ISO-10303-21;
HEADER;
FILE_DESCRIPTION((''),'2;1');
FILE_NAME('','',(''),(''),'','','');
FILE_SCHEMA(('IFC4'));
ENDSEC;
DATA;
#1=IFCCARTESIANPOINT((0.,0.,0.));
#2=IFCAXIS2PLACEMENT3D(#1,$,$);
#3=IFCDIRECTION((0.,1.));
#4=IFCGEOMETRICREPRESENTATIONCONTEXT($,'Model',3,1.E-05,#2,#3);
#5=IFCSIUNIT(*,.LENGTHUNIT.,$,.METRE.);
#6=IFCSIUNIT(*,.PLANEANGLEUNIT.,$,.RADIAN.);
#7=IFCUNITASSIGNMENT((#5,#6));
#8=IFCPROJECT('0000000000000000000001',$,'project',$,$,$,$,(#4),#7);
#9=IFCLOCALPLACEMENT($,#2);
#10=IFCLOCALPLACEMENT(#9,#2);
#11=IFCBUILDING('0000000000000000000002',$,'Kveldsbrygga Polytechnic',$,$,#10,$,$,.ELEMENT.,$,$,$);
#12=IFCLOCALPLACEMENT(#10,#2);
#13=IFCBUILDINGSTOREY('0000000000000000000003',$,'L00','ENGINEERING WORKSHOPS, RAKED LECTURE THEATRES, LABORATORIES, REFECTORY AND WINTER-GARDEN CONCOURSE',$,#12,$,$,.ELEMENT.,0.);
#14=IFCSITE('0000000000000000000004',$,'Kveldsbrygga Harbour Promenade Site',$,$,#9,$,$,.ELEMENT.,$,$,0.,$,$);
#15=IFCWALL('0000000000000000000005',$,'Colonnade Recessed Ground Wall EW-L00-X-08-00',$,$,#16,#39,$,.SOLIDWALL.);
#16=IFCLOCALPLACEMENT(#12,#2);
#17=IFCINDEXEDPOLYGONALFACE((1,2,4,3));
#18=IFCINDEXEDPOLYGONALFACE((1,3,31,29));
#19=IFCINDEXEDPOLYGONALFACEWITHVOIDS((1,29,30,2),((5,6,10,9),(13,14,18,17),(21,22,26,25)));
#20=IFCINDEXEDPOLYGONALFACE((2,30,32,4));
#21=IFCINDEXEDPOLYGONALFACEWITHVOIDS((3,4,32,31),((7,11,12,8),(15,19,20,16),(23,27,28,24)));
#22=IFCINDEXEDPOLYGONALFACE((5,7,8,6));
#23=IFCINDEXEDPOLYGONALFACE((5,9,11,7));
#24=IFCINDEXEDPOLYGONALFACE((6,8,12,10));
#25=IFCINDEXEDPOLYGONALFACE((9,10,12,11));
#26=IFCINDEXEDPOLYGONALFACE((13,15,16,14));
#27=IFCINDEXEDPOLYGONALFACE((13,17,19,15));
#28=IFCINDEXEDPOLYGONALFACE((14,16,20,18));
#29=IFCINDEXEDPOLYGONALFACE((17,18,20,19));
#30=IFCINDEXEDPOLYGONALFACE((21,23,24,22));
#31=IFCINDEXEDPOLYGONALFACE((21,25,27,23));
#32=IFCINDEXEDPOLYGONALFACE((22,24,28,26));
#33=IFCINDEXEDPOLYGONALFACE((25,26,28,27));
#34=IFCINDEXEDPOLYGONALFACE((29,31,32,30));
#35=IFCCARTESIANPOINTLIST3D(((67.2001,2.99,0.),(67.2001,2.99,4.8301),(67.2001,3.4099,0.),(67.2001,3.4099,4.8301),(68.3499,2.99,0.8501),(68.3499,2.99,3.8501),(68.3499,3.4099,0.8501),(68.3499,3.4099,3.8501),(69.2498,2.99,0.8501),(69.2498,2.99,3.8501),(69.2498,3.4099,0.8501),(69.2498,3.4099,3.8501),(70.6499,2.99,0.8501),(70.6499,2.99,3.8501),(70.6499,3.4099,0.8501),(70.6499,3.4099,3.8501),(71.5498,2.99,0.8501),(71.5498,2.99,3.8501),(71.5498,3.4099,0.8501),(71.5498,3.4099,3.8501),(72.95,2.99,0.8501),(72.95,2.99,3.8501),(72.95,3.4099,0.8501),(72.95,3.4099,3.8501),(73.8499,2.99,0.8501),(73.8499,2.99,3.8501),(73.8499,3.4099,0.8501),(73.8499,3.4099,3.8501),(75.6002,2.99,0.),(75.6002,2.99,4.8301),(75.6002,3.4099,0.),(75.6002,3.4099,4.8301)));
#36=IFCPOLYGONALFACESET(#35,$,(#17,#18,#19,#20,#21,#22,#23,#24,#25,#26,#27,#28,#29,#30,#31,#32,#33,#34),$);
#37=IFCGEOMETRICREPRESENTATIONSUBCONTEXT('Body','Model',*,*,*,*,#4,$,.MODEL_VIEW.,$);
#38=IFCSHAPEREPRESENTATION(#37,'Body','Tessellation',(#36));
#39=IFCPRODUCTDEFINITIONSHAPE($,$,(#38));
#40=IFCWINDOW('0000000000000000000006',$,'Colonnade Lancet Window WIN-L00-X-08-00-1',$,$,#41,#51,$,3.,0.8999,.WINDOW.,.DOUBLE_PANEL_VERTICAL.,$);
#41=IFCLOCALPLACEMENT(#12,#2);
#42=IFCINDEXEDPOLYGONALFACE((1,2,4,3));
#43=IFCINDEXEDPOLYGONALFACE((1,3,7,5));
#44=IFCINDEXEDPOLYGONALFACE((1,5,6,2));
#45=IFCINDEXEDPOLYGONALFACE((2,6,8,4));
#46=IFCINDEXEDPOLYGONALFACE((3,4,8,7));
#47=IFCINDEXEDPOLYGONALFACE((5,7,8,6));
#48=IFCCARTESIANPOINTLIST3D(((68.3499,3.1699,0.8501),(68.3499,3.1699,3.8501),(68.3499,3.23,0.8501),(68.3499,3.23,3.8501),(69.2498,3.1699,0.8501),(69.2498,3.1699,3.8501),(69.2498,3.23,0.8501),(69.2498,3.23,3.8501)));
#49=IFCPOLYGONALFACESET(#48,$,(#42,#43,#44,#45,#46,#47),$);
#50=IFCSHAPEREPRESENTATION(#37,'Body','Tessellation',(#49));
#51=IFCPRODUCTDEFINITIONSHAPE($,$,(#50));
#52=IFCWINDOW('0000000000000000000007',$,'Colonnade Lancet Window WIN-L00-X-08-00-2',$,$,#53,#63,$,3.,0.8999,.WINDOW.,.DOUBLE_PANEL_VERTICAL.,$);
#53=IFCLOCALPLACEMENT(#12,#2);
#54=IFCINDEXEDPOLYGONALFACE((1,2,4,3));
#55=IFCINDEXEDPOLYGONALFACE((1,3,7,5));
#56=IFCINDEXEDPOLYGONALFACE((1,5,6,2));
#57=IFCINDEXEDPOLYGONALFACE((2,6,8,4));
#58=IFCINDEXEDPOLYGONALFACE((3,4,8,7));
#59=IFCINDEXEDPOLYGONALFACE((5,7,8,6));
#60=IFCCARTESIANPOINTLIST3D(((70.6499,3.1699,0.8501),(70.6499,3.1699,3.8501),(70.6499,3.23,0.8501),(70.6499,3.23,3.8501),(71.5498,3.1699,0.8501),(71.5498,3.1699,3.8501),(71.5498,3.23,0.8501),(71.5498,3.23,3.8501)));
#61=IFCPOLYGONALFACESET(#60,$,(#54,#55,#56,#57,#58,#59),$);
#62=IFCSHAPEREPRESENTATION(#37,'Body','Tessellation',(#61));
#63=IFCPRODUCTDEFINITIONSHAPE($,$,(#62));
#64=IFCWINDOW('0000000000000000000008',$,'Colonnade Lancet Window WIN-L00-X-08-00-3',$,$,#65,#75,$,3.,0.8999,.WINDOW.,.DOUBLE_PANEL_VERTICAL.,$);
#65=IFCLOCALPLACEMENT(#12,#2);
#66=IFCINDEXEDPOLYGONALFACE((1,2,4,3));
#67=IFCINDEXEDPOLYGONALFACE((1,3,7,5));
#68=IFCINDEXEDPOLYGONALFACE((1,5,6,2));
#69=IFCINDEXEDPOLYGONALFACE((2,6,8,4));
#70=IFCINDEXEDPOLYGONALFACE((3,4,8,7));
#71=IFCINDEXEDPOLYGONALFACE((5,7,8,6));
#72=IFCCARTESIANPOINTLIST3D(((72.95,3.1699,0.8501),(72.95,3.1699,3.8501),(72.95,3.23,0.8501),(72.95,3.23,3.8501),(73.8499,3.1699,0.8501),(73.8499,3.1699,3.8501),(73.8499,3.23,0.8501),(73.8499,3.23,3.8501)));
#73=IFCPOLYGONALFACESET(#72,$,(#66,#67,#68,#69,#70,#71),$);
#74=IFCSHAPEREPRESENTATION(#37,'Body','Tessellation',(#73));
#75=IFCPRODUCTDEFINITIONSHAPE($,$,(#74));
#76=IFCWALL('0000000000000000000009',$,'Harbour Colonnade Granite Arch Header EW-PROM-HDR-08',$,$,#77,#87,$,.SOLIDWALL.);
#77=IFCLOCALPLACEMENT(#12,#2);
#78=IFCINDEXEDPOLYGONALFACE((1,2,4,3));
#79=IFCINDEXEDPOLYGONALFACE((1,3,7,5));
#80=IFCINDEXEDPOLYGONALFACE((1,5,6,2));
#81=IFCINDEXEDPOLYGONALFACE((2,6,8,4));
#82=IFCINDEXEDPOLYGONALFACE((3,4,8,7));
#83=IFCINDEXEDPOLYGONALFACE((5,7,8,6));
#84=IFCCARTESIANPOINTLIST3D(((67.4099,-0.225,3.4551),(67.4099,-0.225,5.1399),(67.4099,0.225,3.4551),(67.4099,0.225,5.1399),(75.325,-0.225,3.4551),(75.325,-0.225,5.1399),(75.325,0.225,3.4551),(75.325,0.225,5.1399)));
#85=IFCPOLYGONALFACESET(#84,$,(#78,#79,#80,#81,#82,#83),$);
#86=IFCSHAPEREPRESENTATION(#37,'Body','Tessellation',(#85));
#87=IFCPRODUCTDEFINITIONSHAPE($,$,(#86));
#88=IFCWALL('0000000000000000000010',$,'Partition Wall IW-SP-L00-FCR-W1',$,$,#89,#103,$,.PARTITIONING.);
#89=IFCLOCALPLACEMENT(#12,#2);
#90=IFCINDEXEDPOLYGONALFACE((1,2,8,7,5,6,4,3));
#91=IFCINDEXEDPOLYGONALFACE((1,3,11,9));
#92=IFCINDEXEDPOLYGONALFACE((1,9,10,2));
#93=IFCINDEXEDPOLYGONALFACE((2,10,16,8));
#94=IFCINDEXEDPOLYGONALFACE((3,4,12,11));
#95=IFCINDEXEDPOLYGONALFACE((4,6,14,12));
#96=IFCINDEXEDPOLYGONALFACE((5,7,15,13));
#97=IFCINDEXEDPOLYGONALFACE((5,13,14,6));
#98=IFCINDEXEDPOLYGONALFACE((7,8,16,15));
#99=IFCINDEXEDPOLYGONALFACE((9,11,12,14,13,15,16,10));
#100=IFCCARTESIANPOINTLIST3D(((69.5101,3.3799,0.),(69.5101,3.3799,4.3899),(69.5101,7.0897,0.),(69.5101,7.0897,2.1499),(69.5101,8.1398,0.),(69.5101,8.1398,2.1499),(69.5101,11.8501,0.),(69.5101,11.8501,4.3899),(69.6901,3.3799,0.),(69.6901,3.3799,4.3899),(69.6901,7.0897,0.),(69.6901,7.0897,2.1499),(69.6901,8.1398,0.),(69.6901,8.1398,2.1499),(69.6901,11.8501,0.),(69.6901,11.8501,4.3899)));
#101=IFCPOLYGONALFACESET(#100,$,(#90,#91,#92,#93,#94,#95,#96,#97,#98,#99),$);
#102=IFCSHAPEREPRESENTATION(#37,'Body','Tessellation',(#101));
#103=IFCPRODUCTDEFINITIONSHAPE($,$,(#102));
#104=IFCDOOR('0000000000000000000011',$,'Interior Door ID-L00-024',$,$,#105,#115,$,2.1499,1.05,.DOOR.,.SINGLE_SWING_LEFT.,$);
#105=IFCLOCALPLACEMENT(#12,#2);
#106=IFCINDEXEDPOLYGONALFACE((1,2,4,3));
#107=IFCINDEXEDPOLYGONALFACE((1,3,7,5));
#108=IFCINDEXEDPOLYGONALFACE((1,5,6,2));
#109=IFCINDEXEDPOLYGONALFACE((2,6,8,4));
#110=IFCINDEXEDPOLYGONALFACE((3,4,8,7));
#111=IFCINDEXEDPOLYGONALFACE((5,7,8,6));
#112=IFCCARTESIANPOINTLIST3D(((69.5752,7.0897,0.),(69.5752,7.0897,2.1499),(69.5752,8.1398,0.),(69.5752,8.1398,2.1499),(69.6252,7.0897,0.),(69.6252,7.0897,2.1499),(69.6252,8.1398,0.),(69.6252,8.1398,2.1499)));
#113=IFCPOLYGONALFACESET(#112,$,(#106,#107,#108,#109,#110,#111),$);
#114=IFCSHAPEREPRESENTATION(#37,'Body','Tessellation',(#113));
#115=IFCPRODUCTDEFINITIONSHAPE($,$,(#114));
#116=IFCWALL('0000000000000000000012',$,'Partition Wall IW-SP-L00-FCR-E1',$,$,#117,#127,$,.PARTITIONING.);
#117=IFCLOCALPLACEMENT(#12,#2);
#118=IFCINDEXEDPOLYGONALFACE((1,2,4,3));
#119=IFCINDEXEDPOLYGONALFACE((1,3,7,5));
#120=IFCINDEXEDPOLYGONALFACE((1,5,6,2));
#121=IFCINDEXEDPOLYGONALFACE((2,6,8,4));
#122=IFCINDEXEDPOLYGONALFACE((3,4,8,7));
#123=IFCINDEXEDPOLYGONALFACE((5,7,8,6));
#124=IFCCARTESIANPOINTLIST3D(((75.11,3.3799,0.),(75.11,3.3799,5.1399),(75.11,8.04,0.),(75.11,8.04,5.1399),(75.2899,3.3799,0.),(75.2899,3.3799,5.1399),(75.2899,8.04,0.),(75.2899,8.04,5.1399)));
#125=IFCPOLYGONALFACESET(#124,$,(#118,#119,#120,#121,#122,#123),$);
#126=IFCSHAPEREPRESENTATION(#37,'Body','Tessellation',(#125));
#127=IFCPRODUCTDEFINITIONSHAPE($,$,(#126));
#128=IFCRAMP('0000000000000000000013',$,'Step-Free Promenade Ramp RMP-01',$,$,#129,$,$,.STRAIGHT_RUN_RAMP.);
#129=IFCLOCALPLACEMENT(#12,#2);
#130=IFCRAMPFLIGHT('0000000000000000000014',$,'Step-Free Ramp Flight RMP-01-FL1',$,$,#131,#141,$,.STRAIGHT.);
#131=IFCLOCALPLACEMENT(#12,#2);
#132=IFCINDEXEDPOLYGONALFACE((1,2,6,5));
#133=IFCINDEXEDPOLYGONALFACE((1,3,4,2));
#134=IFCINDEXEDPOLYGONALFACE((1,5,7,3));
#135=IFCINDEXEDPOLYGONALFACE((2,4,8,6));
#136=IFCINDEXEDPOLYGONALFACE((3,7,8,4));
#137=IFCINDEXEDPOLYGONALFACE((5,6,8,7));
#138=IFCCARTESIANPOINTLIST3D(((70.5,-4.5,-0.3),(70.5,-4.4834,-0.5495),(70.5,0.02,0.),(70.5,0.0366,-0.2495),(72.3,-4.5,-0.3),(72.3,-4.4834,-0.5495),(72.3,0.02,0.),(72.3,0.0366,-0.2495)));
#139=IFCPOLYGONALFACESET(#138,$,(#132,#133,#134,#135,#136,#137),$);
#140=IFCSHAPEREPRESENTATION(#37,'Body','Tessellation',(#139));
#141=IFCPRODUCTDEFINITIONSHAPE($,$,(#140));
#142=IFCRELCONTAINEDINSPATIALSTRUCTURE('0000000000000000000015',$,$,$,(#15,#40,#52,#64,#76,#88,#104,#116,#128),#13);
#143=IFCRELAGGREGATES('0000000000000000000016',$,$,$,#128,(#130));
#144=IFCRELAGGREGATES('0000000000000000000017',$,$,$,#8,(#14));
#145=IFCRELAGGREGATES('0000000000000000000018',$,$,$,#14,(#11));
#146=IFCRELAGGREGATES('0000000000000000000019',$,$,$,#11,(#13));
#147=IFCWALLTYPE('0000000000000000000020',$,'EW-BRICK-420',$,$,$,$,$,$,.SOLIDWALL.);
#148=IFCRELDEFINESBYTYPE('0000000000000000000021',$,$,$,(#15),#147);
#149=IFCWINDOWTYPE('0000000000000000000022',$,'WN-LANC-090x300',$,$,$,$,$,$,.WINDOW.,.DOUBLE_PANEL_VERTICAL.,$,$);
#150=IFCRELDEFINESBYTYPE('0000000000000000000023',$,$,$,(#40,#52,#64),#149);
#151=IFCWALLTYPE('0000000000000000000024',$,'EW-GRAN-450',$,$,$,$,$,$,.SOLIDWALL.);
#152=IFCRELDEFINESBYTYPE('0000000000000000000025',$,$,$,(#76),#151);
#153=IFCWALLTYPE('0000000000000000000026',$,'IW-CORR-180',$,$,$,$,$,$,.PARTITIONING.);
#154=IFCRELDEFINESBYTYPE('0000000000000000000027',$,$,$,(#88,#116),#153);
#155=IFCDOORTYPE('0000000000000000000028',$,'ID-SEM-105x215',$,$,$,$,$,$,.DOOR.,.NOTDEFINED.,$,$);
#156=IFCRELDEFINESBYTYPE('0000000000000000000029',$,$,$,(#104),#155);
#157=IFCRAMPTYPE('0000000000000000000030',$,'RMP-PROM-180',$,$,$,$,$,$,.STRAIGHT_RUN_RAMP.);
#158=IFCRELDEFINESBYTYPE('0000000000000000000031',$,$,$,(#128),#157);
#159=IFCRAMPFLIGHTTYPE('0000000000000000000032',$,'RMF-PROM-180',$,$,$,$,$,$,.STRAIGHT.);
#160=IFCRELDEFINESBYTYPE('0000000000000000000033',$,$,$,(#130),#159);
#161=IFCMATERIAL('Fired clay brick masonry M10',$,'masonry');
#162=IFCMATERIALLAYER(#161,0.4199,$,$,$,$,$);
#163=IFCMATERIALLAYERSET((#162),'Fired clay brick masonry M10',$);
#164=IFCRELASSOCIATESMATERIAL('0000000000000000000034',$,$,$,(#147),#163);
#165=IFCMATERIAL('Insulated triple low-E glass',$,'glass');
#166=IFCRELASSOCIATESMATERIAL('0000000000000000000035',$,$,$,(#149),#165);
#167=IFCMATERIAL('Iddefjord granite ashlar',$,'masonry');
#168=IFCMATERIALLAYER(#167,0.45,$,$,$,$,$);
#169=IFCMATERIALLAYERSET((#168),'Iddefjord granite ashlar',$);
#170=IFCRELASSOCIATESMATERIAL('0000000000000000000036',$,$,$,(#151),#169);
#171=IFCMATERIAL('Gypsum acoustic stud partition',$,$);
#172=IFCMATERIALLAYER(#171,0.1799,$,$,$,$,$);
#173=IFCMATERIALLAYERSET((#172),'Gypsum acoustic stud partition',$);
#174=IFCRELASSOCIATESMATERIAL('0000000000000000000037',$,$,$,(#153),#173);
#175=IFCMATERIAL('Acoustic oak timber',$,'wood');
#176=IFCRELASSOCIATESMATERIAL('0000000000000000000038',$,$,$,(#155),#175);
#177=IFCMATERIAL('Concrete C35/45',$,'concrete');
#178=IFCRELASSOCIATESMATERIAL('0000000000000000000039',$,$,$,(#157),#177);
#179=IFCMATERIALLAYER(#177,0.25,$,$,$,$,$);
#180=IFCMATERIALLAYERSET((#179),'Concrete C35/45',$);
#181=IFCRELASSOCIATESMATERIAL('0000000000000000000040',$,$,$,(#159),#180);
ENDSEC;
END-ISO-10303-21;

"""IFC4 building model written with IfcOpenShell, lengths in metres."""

from ifc_helpers import new_model, si_unit, direction, frame, frame_2d, origin, place, context, subcontext, project, spatial, polyline, rectangle, outline, extrude, material, layer, layer_set, type_object, element, fill, aggregate, save


model = new_model("IFC4")

# Units and contexts
model_context = context("Model", 3, precision=1e-05, world=origin(), true_north=direction((0.0, 1.0)))
body_context = subcontext(model_context, "Body", "Model", "MODEL_VIEW")
ifc_project = project(units=[si_unit("LENGTHUNIT", "METRE"), si_unit("PLANEANGLEUNIT", "RADIAN")], contexts=[model_context])

# Site, building, storey
site_placement = place(None, origin())
site = spatial("IfcSite", under=ifc_project, at=site_placement, Name="Kveldsbrygga Harbour Promenade Site", CompositionType="ELEMENT", RefElevation=0.0)
building_placement = place(site_placement, origin())
building = spatial("IfcBuilding", under=site, at=building_placement, Name="Kveldsbrygga Polytechnic", CompositionType="ELEMENT")
storey_placement = place(building_placement, origin())
storey = spatial("IfcBuildingStorey", under=building, at=storey_placement, Name="L00", Description="ENGINEERING WORKSHOPS, RAKED LECTURE THEATRES, LABORATORIES, REFECTORY AND WINTER-GARDEN CONCOURSE", CompositionType="ELEMENT", Elevation=0.0)

# Shared definitions
ifc_material_1 = material(Name="Concrete C35/45", Category="concrete")

# Wall, openings, windows
ifc_material_2 = material(Name="Fired clay brick masonry M10", Category="masonry")
ifc_layer_1 = layer(ifc_material_2, 0.4199)
ifc_layer_set_1 = layer_set([ifc_layer_1], Name="Fired clay brick masonry M10")
wall_type_1 = type_object("IfcWallType", Name="EW-BRICK-420", PredefinedType="SOLIDWALL", material=ifc_layer_set_1)
wall_1_placement = place(storey_placement, frame((67.2, 3.2, 0.0), z_axis=(0.0, 0.0, 1.0), x_axis=(1.0, 0.0, 0.0)))
wall_1 = element("IfcWall", 1, at=wall_1_placement, inside=storey, type_object=wall_type_1, Name="Colonnade Recessed Ground Wall EW-L00-X-08-00", PredefinedType="SOLIDWALL", context=body_context, shape_type="SweptSolid", body=[
    extrude(rectangle(XDim=8.4001, YDim=0.4199, at=frame_2d((4.2002, 0.0))), origin(), (0.0, 0.0, 1.0), 4.8301),
])
opening_1_placement = place(wall_1_placement, frame((1.1499, 0.0, 0.8501)))
opening_1 = element("IfcOpeningElement", 2, at=opening_1_placement, cuts=wall_1, PredefinedType="OPENING", context=body_context, shape_type="SweptSolid", body=[
    extrude(rectangle(XDim=0.8999, YDim=3.0, at=frame_2d((0.45, 1.5))), frame((0.0, 0.22, 0.0), z_axis=(0.0, -1.0, 0.0), x_axis=(1.0, 0.0, 0.0)), (0.0, 0.0, 1.0), 0.4399),
])
opening_2_placement = place(wall_1_placement, frame((3.45, 0.0, 0.8501)))
opening_2 = element("IfcOpeningElement", 3, at=opening_2_placement, cuts=wall_1, PredefinedType="OPENING", context=body_context, shape_type="SweptSolid", body=[
    extrude(rectangle(XDim=0.8999, YDim=3.0, at=frame_2d((0.45, 1.5))), frame((0.0, 0.22, 0.0), z_axis=(0.0, -1.0, 0.0), x_axis=(1.0, 0.0, 0.0)), (0.0, 0.0, 1.0), 0.4399),
])
opening_3_placement = place(wall_1_placement, frame((5.75, 0.0, 0.8501)))
opening_3 = element("IfcOpeningElement", 4, at=opening_3_placement, cuts=wall_1, PredefinedType="OPENING", context=body_context, shape_type="SweptSolid", body=[
    extrude(rectangle(XDim=0.8999, YDim=3.0, at=frame_2d((0.45, 1.5))), frame((0.0, 0.22, 0.0), z_axis=(0.0, -1.0, 0.0), x_axis=(1.0, 0.0, 0.0)), (0.0, 0.0, 1.0), 0.4399),
])
ifc_material_3 = material(Name="Insulated triple low-E glass", Category="glass")
window_type = type_object("IfcWindowType", Name="WN-LANC-090x300", PartitioningType="DOUBLE_PANEL_VERTICAL", PredefinedType="WINDOW", material=ifc_material_3)
window_1_placement = place(opening_1_placement, origin())
window_1 = element("IfcWindow", 5, at=window_1_placement, inside=storey, type_object=window_type, Name="Colonnade Lancet Window WIN-L00-X-08-00-1", OverallHeight=3.0, OverallWidth=0.8999, PartitioningType="DOUBLE_PANEL_VERTICAL", PredefinedType="WINDOW", context=body_context, shape_type="SweptSolid", body=[
    extrude(rectangle(XDim=0.8999, YDim=3.0, at=frame_2d((0.45, 1.5))), frame((0.0, 0.03, 0.0), z_axis=(0.0, -1.0, 0.0), x_axis=(1.0, 0.0, 0.0)), (0.0, 0.0, 1.0), 0.0601),
])
fill(opening_1, window_1)
window_2_placement = place(opening_2_placement, origin())
window_2 = element("IfcWindow", 6, at=window_2_placement, inside=storey, type_object=window_type, Name="Colonnade Lancet Window WIN-L00-X-08-00-2", OverallHeight=3.0, OverallWidth=0.8999, PartitioningType="DOUBLE_PANEL_VERTICAL", PredefinedType="WINDOW", context=body_context, shape_type="SweptSolid", body=[
    extrude(rectangle(XDim=0.8999, YDim=3.0, at=frame_2d((0.45, 1.5))), frame((0.0, 0.03, 0.0), z_axis=(0.0, -1.0, 0.0), x_axis=(1.0, 0.0, 0.0)), (0.0, 0.0, 1.0), 0.0601),
])
fill(opening_2, window_2)
window_3_placement = place(opening_3_placement, origin())
window_3 = element("IfcWindow", 7, at=window_3_placement, inside=storey, type_object=window_type, Name="Colonnade Lancet Window WIN-L00-X-08-00-3", OverallHeight=3.0, OverallWidth=0.8999, PartitioningType="DOUBLE_PANEL_VERTICAL", PredefinedType="WINDOW", context=body_context, shape_type="SweptSolid", body=[
    extrude(rectangle(XDim=0.8999, YDim=3.0, at=frame_2d((0.45, 1.5))), frame((0.0, 0.03, 0.0), z_axis=(0.0, -1.0, 0.0), x_axis=(1.0, 0.0, 0.0)), (0.0, 0.0, 1.0), 0.0601),
])
fill(opening_3, window_3)

# Wall
ifc_material_4 = material(Name="Iddefjord granite ashlar", Category="masonry")
ifc_layer_2 = layer(ifc_material_4, 0.45)
ifc_layer_set_2 = layer_set([ifc_layer_2], Name="Iddefjord granite ashlar")
wall_type_2 = type_object("IfcWallType", Name="EW-GRAN-450", PredefinedType="SOLIDWALL", material=ifc_layer_set_2)
wall_2_placement = place(storey_placement, frame((67.4099, 0.0, 3.4551), z_axis=(0.0, 0.0, 1.0), x_axis=(1.0, 0.0, 0.0)))
element("IfcWall", 8, at=wall_2_placement, inside=storey, type_object=wall_type_2, Name="Harbour Colonnade Granite Arch Header EW-PROM-HDR-08", PredefinedType="SOLIDWALL", context=body_context, shape_type="SweptSolid", body=[
    extrude(rectangle(XDim=7.915, YDim=0.45, at=frame_2d((3.9575, 0.0))), origin(), (0.0, 0.0, 1.0), 1.6848),
])

# Wall, opening, door
ifc_material_5 = material(Name="Gypsum acoustic stud partition")
ifc_layer_3 = layer(ifc_material_5, 0.1799)
ifc_layer_set_3 = layer_set([ifc_layer_3], Name="Gypsum acoustic stud partition")
wall_type_3 = type_object("IfcWallType", Name="IW-CORR-180", PredefinedType="PARTITIONING", material=ifc_layer_set_3)
wall_3_placement = place(storey_placement, frame((69.6001, 3.3799, 0.0), z_axis=(0.0, 0.0, 1.0), x_axis=(0.0, 1.0, 0.0)))
wall_3 = element("IfcWall", 9, at=wall_3_placement, inside=storey, type_object=wall_type_3, Name="Partition Wall IW-SP-L00-FCR-W1", PredefinedType="PARTITIONING", context=body_context, shape_type="SweptSolid", body=[
    extrude(rectangle(XDim=8.4702, YDim=0.1799, at=frame_2d((4.2351, 0.0))), origin(), (0.0, 0.0, 1.0), 4.3899),
])
opening_4_placement = place(wall_3_placement, frame((3.71, 0.0, 0.0)))
opening_4 = element("IfcOpeningElement", 10, at=opening_4_placement, cuts=wall_3, PredefinedType="OPENING", context=body_context, shape_type="SweptSolid", body=[
    extrude(rectangle(XDim=1.05, YDim=2.1499, at=frame_2d((0.5249, 1.075))), frame((0.0, 0.1001, 0.0), z_axis=(0.0, -1.0, 0.0), x_axis=(1.0, 0.0, 0.0)), (0.0, 0.0, 1.0), 0.2),
])
ifc_material_6 = material(Name="Acoustic oak timber", Category="wood")
door_type = type_object("IfcDoorType", Name="ID-SEM-105x215", OperationType="NOTDEFINED", PredefinedType="DOOR", material=ifc_material_6)
door_placement = place(opening_4_placement, origin())
door = element("IfcDoor", 11, at=door_placement, inside=storey, type_object=door_type, Name="Interior Door ID-L00-024", OperationType="SINGLE_SWING_LEFT", OverallHeight=2.1499, OverallWidth=1.05, PredefinedType="DOOR", context=body_context, shape_type="SweptSolid", body=[
    extrude(rectangle(XDim=1.05, YDim=2.1499, at=frame_2d((0.5249, 1.075))), frame((0.0, 0.0249, 0.0), z_axis=(0.0, -1.0, 0.0), x_axis=(1.0, 0.0, 0.0)), (0.0, 0.0, 1.0), 0.05),
])
fill(opening_4, door)

# Wall
wall_4_placement = place(storey_placement, frame((75.2, 3.3799, 0.0), z_axis=(0.0, 0.0, 1.0), x_axis=(0.0, 1.0, 0.0)))
element("IfcWall", 12, at=wall_4_placement, inside=storey, type_object=wall_type_3, Name="Partition Wall IW-SP-L00-FCR-E1", PredefinedType="PARTITIONING", context=body_context, shape_type="SweptSolid", body=[
    extrude(rectangle(XDim=4.6602, YDim=0.1799, at=frame_2d((2.3301, 0.0))), origin(), (0.0, 0.0, 1.0), 5.1399),
])

# Ramp, ramp flight
ramp_type = type_object("IfcRampType", Name="RMP-PROM-180", PredefinedType="STRAIGHT_RUN_RAMP", material=ifc_material_1)
ramp_placement = place(storey_placement, origin())
ramp = element("IfcRamp", 13, at=ramp_placement, inside=storey, type_object=ramp_type, Name="Step-Free Promenade Ramp RMP-01", PredefinedType="STRAIGHT_RUN_RAMP")
ifc_layer_4 = layer(ifc_material_1, 0.25)
ifc_layer_set_4 = layer_set([ifc_layer_4], Name="Concrete C35/45")
ramp_flight_type = type_object("IfcRampFlightType", Name="RMF-PROM-180", PredefinedType="STRAIGHT", material=ifc_layer_set_4)
ramp_flight_placement = place(storey_placement, frame((70.5, -4.5, -0.3), z_axis=(0.0, -0.066236, 0.997804), x_axis=(1.0, 0.0, 0.0)))
ramp_flight = element("IfcRampFlight", 14, at=ramp_flight_placement, type_object=ramp_flight_type, Name="Step-Free Ramp Flight RMP-01-FL1", PredefinedType="STRAIGHT", context=body_context, shape_type="SweptSolid", body=[
    extrude(outline(polyline([(0.0, 0.0), (1.8, 0.0), (1.8, 4.53), (0.0, 4.53), (0.0, 0.0)])), origin(), (0.0, 0.0, -1.0), 0.25),
])
aggregate(ramp, [ramp_flight])

save(model, "model.ifc")
